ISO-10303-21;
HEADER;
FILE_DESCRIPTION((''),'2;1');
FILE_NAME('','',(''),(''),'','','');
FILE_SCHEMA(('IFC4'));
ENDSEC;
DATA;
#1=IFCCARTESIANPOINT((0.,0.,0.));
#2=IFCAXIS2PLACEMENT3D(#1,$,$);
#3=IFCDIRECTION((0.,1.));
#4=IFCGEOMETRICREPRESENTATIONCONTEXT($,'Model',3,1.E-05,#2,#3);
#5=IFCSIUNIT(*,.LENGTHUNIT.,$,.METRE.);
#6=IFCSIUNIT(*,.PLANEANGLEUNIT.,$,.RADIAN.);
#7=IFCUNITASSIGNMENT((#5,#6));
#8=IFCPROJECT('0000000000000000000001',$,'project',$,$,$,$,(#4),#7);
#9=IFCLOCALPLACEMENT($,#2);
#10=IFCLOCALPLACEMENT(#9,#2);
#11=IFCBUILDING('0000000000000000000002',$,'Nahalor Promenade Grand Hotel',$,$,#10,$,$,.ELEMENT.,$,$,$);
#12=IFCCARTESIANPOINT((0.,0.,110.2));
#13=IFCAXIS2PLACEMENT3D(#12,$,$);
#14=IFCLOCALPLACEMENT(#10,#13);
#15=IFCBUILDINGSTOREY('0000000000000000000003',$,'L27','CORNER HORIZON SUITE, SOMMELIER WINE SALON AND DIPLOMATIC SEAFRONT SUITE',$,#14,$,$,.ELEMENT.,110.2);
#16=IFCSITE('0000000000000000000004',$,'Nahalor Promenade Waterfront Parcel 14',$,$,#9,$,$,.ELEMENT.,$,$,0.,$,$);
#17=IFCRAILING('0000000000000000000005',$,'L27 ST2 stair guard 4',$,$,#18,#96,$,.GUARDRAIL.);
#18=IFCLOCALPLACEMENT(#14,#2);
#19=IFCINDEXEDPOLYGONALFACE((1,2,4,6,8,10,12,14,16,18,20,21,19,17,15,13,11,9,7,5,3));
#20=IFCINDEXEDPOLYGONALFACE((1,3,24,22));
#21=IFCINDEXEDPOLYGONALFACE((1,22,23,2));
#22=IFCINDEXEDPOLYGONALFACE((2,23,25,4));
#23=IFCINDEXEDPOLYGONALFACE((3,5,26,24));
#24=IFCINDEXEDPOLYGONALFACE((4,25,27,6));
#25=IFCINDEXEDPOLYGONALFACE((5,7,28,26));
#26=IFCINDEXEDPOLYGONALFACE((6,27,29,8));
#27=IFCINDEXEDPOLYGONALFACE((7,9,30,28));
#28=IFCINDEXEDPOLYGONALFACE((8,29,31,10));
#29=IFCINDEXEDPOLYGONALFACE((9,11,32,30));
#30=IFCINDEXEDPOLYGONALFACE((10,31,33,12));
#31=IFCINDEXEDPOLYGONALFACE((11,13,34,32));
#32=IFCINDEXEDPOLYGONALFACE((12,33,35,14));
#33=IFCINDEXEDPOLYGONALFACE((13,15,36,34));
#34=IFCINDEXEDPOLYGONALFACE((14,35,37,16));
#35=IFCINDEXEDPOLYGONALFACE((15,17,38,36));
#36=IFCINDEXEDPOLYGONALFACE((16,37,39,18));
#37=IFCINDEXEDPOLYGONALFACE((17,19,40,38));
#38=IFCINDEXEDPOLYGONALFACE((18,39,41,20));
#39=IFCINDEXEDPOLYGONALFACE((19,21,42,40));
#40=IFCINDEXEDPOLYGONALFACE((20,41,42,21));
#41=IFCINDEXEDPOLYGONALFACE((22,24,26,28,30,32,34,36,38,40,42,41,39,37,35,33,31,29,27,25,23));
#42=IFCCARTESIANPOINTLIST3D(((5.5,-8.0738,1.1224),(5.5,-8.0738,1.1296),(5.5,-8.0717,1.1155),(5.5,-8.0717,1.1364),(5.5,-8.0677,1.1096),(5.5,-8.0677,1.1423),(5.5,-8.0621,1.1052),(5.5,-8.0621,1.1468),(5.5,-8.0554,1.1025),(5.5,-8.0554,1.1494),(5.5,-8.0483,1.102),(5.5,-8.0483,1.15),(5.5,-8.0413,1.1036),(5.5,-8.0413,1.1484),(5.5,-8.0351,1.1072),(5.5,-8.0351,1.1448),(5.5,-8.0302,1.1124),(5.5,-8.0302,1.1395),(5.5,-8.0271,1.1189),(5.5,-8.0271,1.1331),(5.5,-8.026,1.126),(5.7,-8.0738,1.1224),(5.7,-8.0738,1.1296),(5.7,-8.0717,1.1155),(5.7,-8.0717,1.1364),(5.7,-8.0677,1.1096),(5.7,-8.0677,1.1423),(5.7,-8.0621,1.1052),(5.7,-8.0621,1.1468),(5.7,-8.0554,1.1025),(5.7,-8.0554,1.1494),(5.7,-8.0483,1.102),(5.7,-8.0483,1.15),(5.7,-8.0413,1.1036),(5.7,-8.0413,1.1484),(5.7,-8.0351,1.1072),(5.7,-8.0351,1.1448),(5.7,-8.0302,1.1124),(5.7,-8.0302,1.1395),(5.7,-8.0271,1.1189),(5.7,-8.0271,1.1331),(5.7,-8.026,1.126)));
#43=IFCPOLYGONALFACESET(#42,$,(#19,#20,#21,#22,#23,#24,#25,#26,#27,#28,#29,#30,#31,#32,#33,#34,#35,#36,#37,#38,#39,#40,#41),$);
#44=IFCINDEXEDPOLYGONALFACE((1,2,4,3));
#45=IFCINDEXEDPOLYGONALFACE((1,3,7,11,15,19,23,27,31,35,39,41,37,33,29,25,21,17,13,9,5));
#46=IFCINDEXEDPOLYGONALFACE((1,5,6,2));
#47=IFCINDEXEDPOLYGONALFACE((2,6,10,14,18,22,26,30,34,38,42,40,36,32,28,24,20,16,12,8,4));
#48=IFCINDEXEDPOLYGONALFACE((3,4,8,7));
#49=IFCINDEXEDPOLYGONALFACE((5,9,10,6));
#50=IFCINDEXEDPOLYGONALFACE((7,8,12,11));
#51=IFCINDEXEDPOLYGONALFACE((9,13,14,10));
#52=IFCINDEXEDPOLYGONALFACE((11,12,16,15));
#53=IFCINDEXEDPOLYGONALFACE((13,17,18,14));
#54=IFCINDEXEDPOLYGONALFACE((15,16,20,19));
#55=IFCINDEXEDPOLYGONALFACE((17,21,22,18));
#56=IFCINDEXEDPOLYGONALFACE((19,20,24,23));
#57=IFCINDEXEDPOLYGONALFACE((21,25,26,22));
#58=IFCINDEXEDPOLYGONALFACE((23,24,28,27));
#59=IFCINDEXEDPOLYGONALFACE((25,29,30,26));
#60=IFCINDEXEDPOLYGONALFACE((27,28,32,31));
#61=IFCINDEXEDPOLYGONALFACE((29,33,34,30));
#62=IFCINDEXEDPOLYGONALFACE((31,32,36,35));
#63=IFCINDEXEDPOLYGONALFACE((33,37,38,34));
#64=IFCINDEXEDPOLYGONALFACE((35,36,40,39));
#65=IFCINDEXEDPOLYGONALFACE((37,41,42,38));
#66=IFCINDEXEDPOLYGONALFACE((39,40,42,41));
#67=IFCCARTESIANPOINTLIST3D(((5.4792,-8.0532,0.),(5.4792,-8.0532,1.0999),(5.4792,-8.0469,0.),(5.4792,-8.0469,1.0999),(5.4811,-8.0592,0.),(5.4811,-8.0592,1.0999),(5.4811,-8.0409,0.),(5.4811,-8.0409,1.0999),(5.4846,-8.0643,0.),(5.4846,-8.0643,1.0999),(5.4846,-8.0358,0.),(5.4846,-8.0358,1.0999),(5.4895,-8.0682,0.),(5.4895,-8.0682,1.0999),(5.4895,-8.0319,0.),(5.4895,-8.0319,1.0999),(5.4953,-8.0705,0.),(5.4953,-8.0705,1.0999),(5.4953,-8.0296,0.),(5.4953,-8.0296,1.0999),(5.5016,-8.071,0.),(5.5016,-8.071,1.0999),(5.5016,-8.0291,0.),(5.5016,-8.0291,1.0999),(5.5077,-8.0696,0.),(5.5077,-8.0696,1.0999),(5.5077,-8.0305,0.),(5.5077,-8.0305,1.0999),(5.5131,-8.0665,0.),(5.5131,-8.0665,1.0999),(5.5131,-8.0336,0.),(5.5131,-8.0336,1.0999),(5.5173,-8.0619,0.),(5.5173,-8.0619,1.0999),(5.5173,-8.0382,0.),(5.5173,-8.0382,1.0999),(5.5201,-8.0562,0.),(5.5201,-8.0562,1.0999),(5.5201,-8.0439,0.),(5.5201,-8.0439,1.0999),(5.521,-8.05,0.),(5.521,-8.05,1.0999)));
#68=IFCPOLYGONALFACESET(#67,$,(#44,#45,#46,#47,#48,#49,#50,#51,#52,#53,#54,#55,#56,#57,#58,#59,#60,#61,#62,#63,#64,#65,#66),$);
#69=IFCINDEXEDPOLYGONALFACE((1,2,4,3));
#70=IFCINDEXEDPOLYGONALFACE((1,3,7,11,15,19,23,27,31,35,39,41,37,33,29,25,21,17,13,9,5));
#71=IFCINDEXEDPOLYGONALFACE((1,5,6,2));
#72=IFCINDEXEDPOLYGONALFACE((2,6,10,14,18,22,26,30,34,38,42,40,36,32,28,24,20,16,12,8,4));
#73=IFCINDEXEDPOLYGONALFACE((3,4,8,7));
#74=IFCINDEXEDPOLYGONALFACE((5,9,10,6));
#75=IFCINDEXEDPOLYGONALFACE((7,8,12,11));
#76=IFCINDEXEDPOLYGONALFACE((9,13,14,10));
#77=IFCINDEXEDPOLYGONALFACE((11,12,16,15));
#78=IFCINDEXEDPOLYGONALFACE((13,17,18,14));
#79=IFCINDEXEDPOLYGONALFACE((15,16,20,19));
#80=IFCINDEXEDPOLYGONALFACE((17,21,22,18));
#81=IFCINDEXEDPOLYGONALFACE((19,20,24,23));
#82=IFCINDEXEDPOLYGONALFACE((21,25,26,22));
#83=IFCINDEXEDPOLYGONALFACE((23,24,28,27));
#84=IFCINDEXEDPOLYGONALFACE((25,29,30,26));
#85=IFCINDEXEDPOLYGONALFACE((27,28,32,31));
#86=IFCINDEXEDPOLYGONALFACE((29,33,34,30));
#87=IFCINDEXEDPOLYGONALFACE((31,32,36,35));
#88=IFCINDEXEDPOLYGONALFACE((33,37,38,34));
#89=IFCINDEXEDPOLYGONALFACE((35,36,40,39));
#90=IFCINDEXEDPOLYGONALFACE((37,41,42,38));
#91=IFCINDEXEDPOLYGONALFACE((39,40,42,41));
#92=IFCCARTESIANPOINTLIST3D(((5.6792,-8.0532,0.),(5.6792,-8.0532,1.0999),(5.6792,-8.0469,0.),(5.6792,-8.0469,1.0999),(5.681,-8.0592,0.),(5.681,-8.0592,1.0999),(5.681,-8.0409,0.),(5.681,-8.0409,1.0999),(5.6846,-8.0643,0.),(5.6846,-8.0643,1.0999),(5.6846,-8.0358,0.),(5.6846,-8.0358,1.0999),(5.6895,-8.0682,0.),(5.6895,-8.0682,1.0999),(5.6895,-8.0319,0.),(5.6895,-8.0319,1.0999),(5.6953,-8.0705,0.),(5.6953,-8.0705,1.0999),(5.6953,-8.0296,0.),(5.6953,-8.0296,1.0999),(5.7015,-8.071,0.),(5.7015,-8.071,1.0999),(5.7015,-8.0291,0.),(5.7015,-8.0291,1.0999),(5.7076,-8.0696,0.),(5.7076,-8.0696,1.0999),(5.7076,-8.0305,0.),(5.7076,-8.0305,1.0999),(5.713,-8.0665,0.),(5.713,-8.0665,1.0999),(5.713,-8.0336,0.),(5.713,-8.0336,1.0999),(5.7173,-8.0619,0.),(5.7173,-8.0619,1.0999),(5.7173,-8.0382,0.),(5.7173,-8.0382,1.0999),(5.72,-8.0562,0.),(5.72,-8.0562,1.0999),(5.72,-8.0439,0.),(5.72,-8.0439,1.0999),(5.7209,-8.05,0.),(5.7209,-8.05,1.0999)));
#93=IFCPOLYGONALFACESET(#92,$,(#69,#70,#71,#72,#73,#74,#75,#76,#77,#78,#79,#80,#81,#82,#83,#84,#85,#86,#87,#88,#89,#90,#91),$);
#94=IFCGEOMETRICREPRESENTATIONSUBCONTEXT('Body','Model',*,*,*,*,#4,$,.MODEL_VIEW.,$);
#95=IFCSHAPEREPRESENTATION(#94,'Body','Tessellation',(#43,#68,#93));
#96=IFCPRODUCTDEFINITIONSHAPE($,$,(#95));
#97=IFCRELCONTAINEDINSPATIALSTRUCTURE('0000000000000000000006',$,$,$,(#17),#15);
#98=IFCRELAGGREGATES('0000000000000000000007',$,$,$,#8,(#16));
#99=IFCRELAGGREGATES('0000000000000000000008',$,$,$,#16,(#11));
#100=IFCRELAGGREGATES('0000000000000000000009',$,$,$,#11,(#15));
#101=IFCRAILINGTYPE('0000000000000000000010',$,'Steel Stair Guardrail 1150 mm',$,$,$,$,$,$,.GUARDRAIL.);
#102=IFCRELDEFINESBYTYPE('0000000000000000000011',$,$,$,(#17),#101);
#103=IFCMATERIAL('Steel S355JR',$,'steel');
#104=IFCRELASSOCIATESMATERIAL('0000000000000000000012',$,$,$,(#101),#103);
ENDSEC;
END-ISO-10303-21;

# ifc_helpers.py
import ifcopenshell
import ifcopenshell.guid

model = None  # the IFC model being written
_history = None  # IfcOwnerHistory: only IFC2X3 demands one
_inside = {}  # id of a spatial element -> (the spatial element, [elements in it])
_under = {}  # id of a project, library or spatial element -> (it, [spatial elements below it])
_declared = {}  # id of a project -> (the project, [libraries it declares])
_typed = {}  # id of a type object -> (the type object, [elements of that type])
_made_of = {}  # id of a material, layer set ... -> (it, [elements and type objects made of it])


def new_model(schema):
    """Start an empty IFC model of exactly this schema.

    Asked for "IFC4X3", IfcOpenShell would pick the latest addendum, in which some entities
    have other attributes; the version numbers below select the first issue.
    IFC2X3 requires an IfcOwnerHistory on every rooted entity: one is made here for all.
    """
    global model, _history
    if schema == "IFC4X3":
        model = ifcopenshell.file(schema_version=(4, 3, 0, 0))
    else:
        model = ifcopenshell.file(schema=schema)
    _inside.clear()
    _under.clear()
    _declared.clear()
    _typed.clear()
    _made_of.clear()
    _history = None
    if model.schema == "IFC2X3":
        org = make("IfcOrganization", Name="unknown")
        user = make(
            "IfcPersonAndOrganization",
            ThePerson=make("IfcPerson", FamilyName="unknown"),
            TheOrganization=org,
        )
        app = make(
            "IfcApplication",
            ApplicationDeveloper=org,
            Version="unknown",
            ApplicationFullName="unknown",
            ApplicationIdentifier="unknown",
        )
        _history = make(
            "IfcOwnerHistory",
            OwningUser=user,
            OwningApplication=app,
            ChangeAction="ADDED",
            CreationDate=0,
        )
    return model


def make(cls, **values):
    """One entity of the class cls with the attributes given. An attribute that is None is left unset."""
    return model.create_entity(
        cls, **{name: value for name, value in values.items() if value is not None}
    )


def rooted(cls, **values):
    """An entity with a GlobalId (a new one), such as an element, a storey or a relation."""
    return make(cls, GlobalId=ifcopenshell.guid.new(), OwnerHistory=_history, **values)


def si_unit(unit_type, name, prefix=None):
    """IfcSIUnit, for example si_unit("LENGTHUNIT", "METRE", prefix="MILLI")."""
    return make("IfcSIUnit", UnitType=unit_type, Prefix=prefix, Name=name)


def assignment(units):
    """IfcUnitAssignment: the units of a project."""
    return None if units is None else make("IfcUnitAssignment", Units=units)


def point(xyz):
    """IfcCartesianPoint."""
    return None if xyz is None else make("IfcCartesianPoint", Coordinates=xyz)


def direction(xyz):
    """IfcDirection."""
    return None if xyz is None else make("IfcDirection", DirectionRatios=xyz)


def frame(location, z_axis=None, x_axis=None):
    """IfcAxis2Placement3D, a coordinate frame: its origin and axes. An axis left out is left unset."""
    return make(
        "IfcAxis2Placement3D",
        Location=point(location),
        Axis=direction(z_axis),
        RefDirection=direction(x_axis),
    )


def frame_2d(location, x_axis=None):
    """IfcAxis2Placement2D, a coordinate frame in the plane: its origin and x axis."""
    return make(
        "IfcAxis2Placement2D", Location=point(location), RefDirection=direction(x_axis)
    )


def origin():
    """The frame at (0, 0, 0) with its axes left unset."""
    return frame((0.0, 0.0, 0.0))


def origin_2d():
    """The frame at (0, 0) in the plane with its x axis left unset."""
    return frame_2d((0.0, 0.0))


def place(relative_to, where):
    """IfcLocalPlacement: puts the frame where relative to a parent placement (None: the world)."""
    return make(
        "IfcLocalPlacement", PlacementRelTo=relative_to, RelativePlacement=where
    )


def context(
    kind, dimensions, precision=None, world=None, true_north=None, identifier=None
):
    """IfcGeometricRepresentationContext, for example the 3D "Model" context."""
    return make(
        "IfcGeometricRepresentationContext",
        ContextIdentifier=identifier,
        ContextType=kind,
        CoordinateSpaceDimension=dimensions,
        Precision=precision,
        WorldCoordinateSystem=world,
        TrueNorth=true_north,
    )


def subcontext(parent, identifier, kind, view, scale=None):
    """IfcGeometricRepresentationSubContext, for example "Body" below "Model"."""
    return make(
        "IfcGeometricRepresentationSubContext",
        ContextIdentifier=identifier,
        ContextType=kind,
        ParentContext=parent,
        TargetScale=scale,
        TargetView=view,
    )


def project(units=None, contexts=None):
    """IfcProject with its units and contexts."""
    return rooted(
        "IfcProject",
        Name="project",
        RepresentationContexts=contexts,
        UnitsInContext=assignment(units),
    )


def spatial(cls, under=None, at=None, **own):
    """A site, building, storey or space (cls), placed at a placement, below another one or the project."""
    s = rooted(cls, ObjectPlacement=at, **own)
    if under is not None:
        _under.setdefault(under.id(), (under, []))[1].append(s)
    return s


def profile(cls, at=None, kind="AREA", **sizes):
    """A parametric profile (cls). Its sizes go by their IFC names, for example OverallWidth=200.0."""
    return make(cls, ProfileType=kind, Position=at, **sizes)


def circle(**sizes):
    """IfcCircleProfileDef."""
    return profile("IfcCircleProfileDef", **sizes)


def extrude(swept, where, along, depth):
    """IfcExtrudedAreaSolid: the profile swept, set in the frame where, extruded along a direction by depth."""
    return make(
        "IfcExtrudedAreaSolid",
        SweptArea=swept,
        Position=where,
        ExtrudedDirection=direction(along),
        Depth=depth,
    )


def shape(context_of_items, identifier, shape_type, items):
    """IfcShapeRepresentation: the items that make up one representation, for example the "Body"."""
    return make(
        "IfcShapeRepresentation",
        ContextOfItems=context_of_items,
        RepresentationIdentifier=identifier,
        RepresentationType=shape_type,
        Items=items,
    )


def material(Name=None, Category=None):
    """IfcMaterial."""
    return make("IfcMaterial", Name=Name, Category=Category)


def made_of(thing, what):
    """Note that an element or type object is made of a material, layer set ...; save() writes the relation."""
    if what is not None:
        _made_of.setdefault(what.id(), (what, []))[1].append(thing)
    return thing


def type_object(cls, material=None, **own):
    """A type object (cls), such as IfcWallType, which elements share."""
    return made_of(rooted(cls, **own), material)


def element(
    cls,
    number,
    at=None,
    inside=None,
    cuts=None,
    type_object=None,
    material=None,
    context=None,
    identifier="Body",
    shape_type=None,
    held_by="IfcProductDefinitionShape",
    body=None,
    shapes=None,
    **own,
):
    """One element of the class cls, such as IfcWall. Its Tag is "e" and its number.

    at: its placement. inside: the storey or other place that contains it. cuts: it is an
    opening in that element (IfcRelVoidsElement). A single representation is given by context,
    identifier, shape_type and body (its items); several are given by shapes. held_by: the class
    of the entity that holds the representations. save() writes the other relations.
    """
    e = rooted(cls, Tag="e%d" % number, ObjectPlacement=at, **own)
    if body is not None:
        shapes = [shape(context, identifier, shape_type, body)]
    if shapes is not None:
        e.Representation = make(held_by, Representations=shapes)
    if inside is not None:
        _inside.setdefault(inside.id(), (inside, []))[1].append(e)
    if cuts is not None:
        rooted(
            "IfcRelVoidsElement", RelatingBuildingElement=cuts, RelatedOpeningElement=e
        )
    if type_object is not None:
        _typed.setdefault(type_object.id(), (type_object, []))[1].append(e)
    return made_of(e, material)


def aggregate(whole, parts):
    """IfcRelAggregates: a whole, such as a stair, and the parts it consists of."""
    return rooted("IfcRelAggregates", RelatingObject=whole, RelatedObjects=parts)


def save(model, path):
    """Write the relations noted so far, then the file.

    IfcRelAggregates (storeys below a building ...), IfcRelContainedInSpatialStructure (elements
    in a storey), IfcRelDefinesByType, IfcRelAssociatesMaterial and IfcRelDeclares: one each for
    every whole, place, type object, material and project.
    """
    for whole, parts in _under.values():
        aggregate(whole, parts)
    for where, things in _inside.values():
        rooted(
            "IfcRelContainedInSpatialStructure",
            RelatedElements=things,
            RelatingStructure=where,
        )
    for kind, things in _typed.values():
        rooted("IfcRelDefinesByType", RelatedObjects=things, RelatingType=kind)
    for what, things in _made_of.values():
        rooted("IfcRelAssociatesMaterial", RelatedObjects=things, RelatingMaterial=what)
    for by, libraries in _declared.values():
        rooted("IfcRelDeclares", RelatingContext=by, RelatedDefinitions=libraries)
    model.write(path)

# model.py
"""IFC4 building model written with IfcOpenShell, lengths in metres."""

from ifc_helpers import new_model, si_unit, direction, frame, origin, origin_2d, place, context, subcontext, project, spatial, circle, extrude, material, type_object, element, save


model = new_model("IFC4")

# Units and contexts
model_context = context("Model", 3, precision=1e-05, world=origin(), true_north=direction((0.0, 1.0)))
body_context = subcontext(model_context, "Body", "Model", "MODEL_VIEW")
ifc_project = project(units=[si_unit("LENGTHUNIT", "METRE"), si_unit("PLANEANGLEUNIT", "RADIAN")], contexts=[model_context])

# Site, building, storey
site_placement = place(None, origin())
site = spatial("IfcSite", under=ifc_project, at=site_placement, Name="Nahalor Promenade Waterfront Parcel 14", CompositionType="ELEMENT", RefElevation=0.0)
building_placement = place(site_placement, origin())
building = spatial("IfcBuilding", under=site, at=building_placement, Name="Nahalor Promenade Grand Hotel", CompositionType="ELEMENT")
storey_placement = place(building_placement, frame((0.0, 0.0, 110.2)))
storey = spatial("IfcBuildingStorey", under=building, at=storey_placement, Name="L27", Description="CORNER HORIZON SUITE, SOMMELIER WINE SALON AND DIPLOMATIC SEAFRONT SUITE", CompositionType="ELEMENT", Elevation=110.2)

# Shared definitions
ifc_material_1 = material(Name="Steel S355JR", Category="steel")

# Railing
railing_type_1 = type_object("IfcRailingType", Name="Steel Stair Guardrail 1150 mm", PredefinedType="GUARDRAIL", material=ifc_material_1)
railing_1_placement = place(storey_placement, frame((5.5, -8.05, 0.0)))
element("IfcRailing", 1, at=railing_1_placement, inside=storey, type_object=railing_type_1, Name="L27 ST2 stair guard 4", PredefinedType="GUARDRAIL", context=body_context, shape_type="SweptSolid", body=[
    extrude(circle(Radius=0.024, at=origin_2d()), frame((0.0, 0.0, 1.126), z_axis=(1.0, 0.0, 0.0), x_axis=(0.0, 1.0, 0.0)), (0.0, 0.0, 1.0), 0.2),
    extrude(circle(Radius=0.021, at=origin_2d()), origin(), (0.0, 0.0, 1.0), 1.0999),
    extrude(circle(Radius=0.021, at=origin_2d()), frame((0.2, 0.0, 0.0)), (0.0, 0.0, 1.0), 1.0999),
])

save(model, "model.ifc")
